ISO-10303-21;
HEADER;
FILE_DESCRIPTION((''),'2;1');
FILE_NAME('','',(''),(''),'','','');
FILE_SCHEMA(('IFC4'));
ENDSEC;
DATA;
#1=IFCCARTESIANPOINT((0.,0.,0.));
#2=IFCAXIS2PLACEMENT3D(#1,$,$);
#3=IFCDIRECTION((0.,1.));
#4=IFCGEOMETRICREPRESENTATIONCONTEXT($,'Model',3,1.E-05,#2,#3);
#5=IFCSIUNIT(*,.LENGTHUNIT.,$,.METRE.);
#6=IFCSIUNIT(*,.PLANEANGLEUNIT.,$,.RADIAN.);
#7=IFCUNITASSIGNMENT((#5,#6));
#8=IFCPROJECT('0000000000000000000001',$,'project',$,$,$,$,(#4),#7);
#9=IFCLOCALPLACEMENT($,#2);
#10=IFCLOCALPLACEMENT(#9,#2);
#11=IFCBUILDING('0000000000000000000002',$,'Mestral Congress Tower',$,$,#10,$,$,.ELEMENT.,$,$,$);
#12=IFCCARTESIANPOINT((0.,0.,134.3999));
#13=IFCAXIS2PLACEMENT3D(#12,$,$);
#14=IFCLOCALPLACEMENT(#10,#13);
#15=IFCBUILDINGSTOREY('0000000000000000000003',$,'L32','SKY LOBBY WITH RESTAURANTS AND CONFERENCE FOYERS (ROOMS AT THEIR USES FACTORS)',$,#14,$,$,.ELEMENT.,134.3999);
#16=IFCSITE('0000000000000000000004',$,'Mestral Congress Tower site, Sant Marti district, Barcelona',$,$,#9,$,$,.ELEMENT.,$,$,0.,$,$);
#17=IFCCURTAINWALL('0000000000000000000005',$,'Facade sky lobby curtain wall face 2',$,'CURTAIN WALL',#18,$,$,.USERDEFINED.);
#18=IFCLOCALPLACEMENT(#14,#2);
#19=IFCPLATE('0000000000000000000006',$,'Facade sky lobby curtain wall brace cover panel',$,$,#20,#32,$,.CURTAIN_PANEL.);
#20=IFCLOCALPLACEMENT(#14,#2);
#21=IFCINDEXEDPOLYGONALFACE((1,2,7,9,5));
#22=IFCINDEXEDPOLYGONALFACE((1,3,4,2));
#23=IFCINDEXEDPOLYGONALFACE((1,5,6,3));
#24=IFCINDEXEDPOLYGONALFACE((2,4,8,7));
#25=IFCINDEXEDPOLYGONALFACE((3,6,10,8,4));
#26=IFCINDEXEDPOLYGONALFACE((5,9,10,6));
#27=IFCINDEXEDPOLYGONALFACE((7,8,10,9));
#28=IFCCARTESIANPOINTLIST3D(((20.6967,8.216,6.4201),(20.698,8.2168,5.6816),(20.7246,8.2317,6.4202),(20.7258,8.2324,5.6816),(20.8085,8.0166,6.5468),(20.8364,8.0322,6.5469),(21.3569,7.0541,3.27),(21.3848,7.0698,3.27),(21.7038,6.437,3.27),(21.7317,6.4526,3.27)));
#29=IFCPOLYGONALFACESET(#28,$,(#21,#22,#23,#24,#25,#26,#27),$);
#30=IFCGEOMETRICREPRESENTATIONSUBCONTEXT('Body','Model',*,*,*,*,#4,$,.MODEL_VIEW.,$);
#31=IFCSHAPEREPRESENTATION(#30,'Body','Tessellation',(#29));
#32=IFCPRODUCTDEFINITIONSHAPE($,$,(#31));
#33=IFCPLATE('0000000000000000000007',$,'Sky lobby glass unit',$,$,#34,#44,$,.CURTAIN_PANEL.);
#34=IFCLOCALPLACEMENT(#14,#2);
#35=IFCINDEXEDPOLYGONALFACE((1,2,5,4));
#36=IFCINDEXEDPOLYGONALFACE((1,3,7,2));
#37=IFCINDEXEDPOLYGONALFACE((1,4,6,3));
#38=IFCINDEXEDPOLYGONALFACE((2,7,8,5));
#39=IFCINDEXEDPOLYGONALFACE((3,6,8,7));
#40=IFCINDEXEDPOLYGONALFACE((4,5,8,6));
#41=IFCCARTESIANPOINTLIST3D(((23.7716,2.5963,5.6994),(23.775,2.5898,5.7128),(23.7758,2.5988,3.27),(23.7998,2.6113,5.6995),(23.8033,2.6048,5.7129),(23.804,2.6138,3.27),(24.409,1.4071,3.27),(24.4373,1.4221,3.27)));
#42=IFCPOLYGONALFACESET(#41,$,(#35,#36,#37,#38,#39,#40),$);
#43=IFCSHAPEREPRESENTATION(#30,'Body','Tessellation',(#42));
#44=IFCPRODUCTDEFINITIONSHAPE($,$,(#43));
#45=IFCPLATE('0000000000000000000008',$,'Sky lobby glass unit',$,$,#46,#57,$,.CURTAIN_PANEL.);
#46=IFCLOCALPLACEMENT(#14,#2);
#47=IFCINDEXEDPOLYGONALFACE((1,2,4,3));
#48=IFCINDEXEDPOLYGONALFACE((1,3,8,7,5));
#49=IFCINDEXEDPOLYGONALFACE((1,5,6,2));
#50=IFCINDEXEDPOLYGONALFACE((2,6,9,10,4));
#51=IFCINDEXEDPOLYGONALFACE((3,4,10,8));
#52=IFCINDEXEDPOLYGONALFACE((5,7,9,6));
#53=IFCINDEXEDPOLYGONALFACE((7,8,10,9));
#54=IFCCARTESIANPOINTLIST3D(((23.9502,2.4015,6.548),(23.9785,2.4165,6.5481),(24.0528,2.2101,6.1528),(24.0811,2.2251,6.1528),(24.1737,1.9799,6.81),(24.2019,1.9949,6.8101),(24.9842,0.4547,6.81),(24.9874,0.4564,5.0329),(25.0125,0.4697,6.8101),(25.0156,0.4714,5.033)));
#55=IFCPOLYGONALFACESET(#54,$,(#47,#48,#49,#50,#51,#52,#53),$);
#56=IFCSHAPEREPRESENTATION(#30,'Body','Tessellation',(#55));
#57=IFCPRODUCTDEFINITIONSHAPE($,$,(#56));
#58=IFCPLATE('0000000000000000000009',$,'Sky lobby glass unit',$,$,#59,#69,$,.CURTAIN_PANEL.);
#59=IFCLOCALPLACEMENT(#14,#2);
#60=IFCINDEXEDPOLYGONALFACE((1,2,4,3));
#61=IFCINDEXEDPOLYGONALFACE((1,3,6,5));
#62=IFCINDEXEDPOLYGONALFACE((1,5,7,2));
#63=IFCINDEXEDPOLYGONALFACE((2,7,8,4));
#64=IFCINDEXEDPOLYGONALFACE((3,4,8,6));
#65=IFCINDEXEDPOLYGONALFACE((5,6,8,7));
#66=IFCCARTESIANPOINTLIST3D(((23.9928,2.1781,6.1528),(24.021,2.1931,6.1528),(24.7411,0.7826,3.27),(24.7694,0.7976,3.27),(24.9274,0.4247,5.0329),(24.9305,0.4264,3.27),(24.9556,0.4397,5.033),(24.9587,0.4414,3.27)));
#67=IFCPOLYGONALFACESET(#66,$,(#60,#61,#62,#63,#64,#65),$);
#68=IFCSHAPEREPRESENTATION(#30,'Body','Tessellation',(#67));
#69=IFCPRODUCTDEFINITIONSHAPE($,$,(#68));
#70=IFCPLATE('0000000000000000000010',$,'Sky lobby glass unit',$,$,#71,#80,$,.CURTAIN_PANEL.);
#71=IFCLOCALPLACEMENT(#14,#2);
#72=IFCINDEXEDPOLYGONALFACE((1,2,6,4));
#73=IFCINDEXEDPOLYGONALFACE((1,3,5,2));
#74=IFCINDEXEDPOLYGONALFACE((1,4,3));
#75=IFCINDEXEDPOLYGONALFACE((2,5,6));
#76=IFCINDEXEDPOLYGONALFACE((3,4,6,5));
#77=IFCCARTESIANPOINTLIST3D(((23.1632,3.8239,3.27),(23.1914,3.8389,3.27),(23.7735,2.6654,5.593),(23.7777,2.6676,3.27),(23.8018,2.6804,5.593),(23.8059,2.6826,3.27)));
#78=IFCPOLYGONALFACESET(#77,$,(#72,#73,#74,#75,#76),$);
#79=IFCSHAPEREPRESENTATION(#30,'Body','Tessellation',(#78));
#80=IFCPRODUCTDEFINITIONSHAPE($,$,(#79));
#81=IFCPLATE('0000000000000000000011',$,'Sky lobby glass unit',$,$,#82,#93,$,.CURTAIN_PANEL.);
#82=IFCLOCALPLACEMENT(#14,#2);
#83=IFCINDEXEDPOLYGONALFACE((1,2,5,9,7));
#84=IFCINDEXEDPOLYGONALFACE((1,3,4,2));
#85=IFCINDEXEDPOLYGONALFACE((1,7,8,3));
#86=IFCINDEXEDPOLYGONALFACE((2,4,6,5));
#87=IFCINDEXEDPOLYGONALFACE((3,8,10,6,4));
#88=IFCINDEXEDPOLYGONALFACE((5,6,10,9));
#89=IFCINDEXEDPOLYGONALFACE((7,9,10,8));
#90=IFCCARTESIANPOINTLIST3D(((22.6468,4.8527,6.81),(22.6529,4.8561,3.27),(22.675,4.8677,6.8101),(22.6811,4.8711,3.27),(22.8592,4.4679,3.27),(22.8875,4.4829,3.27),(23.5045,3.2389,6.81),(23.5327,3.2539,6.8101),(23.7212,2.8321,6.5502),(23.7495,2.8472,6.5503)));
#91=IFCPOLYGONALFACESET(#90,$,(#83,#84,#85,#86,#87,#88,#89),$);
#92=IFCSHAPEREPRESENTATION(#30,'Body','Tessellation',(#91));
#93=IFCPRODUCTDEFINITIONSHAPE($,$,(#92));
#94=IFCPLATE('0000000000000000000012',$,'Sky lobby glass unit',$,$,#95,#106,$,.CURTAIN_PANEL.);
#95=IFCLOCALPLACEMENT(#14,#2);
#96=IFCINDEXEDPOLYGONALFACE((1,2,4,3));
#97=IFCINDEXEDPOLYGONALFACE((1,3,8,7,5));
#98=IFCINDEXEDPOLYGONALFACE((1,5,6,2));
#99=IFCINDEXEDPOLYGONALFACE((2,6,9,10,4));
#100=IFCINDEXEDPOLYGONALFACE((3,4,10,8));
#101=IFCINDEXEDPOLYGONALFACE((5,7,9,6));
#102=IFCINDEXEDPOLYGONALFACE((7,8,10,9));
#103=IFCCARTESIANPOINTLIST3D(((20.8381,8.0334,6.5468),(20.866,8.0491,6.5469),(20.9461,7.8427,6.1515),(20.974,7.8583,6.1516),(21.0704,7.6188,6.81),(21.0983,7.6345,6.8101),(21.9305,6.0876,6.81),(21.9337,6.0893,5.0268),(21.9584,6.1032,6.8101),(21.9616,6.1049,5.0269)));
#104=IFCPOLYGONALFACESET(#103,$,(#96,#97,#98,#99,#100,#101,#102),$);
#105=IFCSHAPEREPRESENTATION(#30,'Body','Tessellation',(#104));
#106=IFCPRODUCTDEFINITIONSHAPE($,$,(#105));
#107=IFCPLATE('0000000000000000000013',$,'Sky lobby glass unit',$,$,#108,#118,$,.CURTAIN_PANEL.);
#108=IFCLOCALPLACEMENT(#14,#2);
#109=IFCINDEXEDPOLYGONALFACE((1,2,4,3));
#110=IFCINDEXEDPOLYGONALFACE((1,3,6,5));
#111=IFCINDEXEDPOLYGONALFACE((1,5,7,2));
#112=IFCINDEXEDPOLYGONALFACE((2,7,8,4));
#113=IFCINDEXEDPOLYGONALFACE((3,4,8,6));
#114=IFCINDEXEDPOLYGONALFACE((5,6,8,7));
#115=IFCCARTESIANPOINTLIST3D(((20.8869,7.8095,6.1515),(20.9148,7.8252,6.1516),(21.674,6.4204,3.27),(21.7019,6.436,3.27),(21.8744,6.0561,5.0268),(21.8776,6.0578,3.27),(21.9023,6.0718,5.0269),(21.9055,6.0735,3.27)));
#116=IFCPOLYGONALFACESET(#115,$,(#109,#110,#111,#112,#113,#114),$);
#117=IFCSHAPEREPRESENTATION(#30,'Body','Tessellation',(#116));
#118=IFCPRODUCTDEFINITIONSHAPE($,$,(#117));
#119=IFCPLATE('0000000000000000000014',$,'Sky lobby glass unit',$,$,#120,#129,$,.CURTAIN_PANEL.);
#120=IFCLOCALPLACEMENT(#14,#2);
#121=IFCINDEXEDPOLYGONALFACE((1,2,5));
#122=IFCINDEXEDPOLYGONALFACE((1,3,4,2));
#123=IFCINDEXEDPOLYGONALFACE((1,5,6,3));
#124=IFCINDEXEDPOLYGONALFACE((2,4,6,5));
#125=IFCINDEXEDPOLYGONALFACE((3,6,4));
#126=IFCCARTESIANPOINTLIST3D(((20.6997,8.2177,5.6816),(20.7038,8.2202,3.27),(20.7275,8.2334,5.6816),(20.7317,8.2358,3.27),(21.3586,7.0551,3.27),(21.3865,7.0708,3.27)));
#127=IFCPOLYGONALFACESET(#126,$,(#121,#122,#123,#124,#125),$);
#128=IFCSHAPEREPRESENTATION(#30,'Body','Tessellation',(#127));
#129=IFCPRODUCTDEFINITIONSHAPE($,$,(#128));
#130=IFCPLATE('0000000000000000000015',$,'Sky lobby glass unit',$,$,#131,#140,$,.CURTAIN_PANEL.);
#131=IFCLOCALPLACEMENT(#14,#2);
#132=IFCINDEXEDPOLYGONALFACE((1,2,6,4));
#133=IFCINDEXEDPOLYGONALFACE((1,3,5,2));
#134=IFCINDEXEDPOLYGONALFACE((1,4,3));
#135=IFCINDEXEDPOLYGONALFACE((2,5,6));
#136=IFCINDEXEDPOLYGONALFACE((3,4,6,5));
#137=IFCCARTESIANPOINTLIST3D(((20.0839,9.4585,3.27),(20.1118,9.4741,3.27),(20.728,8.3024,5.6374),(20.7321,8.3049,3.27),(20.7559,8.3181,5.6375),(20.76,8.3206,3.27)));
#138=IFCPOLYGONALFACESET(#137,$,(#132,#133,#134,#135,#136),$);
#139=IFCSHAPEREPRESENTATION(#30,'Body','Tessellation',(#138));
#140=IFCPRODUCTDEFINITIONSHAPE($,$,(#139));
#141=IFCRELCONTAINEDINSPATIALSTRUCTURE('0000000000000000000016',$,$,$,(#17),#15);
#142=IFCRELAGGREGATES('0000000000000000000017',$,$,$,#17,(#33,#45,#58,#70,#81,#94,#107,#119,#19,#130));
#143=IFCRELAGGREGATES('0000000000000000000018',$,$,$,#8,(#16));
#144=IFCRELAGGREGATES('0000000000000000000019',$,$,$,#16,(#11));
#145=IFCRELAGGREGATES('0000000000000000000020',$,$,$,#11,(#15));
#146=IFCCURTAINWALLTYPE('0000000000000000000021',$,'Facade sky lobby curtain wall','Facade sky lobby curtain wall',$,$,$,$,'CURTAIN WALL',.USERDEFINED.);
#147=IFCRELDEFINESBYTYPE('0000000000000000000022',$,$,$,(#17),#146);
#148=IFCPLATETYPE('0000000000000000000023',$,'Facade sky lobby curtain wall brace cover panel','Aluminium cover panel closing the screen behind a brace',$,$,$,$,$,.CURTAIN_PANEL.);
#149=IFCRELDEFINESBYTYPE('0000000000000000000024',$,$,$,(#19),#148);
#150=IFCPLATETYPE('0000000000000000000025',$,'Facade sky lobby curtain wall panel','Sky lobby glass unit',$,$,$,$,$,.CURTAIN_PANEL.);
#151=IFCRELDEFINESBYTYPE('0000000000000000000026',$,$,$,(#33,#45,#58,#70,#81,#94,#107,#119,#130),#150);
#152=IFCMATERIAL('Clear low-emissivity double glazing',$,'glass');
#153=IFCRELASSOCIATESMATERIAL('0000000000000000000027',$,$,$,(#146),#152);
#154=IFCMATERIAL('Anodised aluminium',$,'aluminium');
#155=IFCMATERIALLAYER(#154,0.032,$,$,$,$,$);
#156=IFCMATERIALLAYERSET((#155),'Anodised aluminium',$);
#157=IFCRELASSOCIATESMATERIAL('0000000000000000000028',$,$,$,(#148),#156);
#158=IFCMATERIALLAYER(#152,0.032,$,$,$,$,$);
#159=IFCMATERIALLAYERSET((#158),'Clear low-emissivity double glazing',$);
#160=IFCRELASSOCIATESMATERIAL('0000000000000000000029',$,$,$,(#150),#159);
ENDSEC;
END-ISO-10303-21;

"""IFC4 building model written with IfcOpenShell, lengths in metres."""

from ifc_helpers import new_model, si_unit, direction, frame, origin, place, context, subcontext, project, spatial, polyline, outline, extrude, material, layer, layer_set, type_object, element, aggregate, save


model = new_model("IFC4")

# Units and contexts
model_context = context("Model", 3, precision=1e-05, world=origin(), true_north=direction((0.0, 1.0)))
body_context = subcontext(model_context, "Body", "Model", "MODEL_VIEW")
ifc_project = project(units=[si_unit("LENGTHUNIT", "METRE"), si_unit("PLANEANGLEUNIT", "RADIAN")], contexts=[model_context])

# Site, building, storey
site_placement = place(None, origin())
site = spatial("IfcSite", under=ifc_project, at=site_placement, Name="Mestral Congress Tower site, Sant Marti district, Barcelona", CompositionType="ELEMENT", RefElevation=0.0)
building_placement = place(site_placement, origin())
building = spatial("IfcBuilding", under=site, at=building_placement, Name="Mestral Congress Tower", CompositionType="ELEMENT")
storey_placement = place(building_placement, frame((0.0, 0.0, 134.3999)))
storey = spatial("IfcBuildingStorey", under=building, at=storey_placement, Name="L32", Description="SKY LOBBY WITH RESTAURANTS AND CONFERENCE FOYERS (ROOMS AT THEIR USES FACTORS)", CompositionType="ELEMENT", Elevation=134.3999)

# Curtain wall
ifc_material_1 = material(Name="Clear low-emissivity double glazing", Category="glass")
curtain_wall_type = type_object("IfcCurtainWallType", Name="Facade sky lobby curtain wall", Description="Facade sky lobby curtain wall", ElementType="CURTAIN WALL", PredefinedType="USERDEFINED", material=ifc_material_1)
curtain_wall_placement = place(storey_placement, origin())
curtain_wall = element("IfcCurtainWall", 1, at=curtain_wall_placement, inside=storey, type_object=curtain_wall_type, Name="Facade sky lobby curtain wall face 2", ObjectType="CURTAIN WALL", PredefinedType="USERDEFINED")
ifc_material_2 = material(Name="Anodised aluminium", Category="aluminium")

# Plates
ifc_layer_1 = layer(ifc_material_2, 0.032)
ifc_layer_set_1 = layer_set([ifc_layer_1], Name="Anodised aluminium")
plate_type_1 = type_object("IfcPlateType", Name="Facade sky lobby curtain wall brace cover panel", Description="Aluminium cover panel closing the screen behind a brace", PredefinedType="CURTAIN_PANEL", material=ifc_layer_set_1)
plate_1_placement = place(storey_placement, frame((20.7258, 8.2324, 5.6816), z_axis=(0.871719, 0.490002, 0.001957), x_axis=(0.238989, -0.421672, -0.874686)))
plate_1 = element("IfcPlate", 2, at=plate_1_placement, type_object=plate_type_1, Name="Facade sky lobby curtain wall brace cover panel", PredefinedType="CURTAIN_PANEL", context=body_context, shape_type="SweptSolid", body=[
    extrude(outline(polyline([(0.0, 0.0), (2.7571, 0.0), (3.1003, -0.6193), (-0.646, -0.6194), (-0.646, -0.358), (0.0, 0.0)])), origin(), (0.0, 0.0, -1.0), 0.032),
])
ifc_layer_2 = layer(ifc_material_1, 0.032)
ifc_layer_set_2 = layer_set([ifc_layer_2], Name="Clear low-emissivity double glazing")
plate_type_2 = type_object("IfcPlateType", Name="Facade sky lobby curtain wall panel", Description="Sky lobby glass unit", PredefinedType="CURTAIN_PANEL", material=ifc_layer_set_2)
plate_2_placement = place(storey_placement, frame((24.4373, 1.4221, 3.27), z_axis=(0.883058, 0.469259, 0.002), x_axis=(-0.227469, 0.424319, 0.876477)))
plate_2 = element("IfcPlate", 3, at=plate_2_placement, type_object=plate_type_2, Name="Sky lobby glass unit", PredefinedType="CURTAIN_PANEL", context=body_context, shape_type="SweptSolid", body=[
    extrude(outline(polyline([(0.0, 0.0), (2.7871, 0.0), (2.779, -0.013), (0.6497, -1.1828), (0.0, 0.0)])), origin(), (0.0, 0.0, -1.0), 0.032),
])
plate_3_placement = place(storey_placement, frame((25.0125, 0.4697, 6.8101), z_axis=(0.883043, 0.469288, 0.002022), x_axis=(-0.469289, 0.883045, 0.0)))
plate_3 = element("IfcPlate", 4, at=plate_3_placement, type_object=plate_type_2, Name="Sky lobby glass unit", PredefinedType="CURTAIN_PANEL", context=body_context, shape_type="SweptSolid", body=[
    extrude(outline(polyline([(0.0, 0.0), (1.7272, 0.0), (2.2043, -0.262), (1.9872, -0.6572), (0.0, -1.7771), (0.0, 0.0)])), origin(), (0.0, 0.0, -1.0), 0.032),
])
plate_4_placement = place(storey_placement, frame((24.021, 2.1931, 6.1528), z_axis=(0.882983, 0.469401, 0.001998), x_axis=(0.227531, -0.424274, -0.876482)))
plate_4 = element("IfcPlate", 5, at=plate_4_placement, type_object=plate_type_2, Name="Sky lobby glass unit", PredefinedType="CURTAIN_PANEL", context=body_context, shape_type="SweptSolid", body=[
    extrude(outline(polyline([(0.0, 0.0), (3.2891, 0.0), (3.4833, -0.3536), (1.9381, -1.2024), (0.0, 0.0)])), origin(), (0.0, 0.0, -1.0), 0.032),
])
plate_5_placement = place(storey_placement, frame((23.8059, 2.6826, 3.27), z_axis=(0.883037, 0.4693, 0.002022), x_axis=(-0.001787, -0.000946, 0.999998)))
plate_5 = element("IfcPlate", 6, at=plate_5_placement, type_object=plate_type_2, Name="Sky lobby glass unit", PredefinedType="CURTAIN_PANEL", context=body_context, shape_type="SweptSolid", body=[
    extrude(outline(polyline([(0.0, 0.0), (2.323, 0.0), (0.0, -1.3094), (0.0, 0.0)])), origin(), (0.0, 0.0, -1.0), 0.032),
])
plate_6_placement = place(storey_placement, frame((23.5327, 3.2539, 6.8101), z_axis=(0.883029, 0.469315, 0.00198), x_axis=(-0.469316, 0.88303, 0.0)))
plate_6 = element("IfcPlate", 7, at=plate_6_placement, type_object=plate_type_2, Name="Sky lobby glass unit", PredefinedType="CURTAIN_PANEL", context=body_context, shape_type="SweptSolid", body=[
    extrude(outline(polyline([(0.0, 0.0), (1.8275, 0.0), (1.8277, -3.54), (1.3881, -3.54), (-0.4609, -0.2598), (0.0, 0.0)])), origin(), (0.0, 0.0, -1.0), 0.032),
])
plate_7_placement = place(storey_placement, frame((20.866, 8.0491, 6.5469), z_axis=(0.871855, 0.48976, 0.002013), x_axis=(0.239068, -0.421987, -0.874514)))
plate_7 = element("IfcPlate", 8, at=plate_7_placement, type_object=plate_type_2, Name="Sky lobby glass unit", PredefinedType="CURTAIN_PANEL", context=body_context, shape_type="SweptSolid", body=[
    extrude(outline(polyline([(0.0, 0.0), (0.452, 0.0), (2.4116, -1.2144), (0.8521, -2.0792), (0.0003, -0.5433), (0.0, 0.0)])), origin(), (0.0, 0.0, -1.0), 0.032),
])
plate_8_placement = place(storey_placement, frame((21.9055, 6.0735, 3.27), z_axis=(0.871878, 0.489718, 0.002063), x_axis=(-0.001817, -0.000979, 0.999998)))
plate_8 = element("IfcPlate", 9, at=plate_8_placement, type_object=plate_type_2, Name="Sky lobby glass unit", PredefinedType="CURTAIN_PANEL", context=body_context, shape_type="SweptSolid", body=[
    extrude(outline(polyline([(0.0, 0.0), (1.7568, 0.0), (2.8817, -2.0124), (0.0, -0.4158), (0.0, 0.0)])), origin(), (0.0, 0.0, -1.0), 0.032),
])
plate_9_placement = place(storey_placement, frame((21.3865, 7.0708, 3.27), z_axis=(0.871749, 0.489948, 0.001996), x_axis=(-0.238994, 0.42167, 0.874686)))
plate_9 = element("IfcPlate", 10, at=plate_9_placement, type_object=plate_type_2, Name="Sky lobby glass unit", PredefinedType="CURTAIN_PANEL", context=body_context, shape_type="SweptSolid", body=[
    extrude(outline(polyline([(0.0, 0.0), (2.7571, 0.0), (0.6478, -1.169), (0.0, 0.0)])), origin(), (0.0, 0.0, -1.0), 0.032),
])
plate_10_placement = place(storey_placement, frame((20.76, 8.3206, 3.27), z_axis=(0.871795, 0.489866, 0.002034), x_axis=(-0.001753, -0.001031, 0.999998)))
plate_10 = element("IfcPlate", 11, at=plate_10_placement, type_object=plate_type_2, Name="Sky lobby glass unit", PredefinedType="CURTAIN_PANEL", context=body_context, shape_type="SweptSolid", body=[
    extrude(outline(polyline([(0.0, 0.0), (2.3674, 0.0), (-0.0001, -1.3232), (0.0, 0.0)])), origin(), (0.0, 0.0, -1.0), 0.032),
])
aggregate(curtain_wall, [plate_2, plate_3, plate_4, plate_5, plate_6, plate_7, plate_8, plate_9, plate_1, plate_10])

save(model, "model.ifc")
